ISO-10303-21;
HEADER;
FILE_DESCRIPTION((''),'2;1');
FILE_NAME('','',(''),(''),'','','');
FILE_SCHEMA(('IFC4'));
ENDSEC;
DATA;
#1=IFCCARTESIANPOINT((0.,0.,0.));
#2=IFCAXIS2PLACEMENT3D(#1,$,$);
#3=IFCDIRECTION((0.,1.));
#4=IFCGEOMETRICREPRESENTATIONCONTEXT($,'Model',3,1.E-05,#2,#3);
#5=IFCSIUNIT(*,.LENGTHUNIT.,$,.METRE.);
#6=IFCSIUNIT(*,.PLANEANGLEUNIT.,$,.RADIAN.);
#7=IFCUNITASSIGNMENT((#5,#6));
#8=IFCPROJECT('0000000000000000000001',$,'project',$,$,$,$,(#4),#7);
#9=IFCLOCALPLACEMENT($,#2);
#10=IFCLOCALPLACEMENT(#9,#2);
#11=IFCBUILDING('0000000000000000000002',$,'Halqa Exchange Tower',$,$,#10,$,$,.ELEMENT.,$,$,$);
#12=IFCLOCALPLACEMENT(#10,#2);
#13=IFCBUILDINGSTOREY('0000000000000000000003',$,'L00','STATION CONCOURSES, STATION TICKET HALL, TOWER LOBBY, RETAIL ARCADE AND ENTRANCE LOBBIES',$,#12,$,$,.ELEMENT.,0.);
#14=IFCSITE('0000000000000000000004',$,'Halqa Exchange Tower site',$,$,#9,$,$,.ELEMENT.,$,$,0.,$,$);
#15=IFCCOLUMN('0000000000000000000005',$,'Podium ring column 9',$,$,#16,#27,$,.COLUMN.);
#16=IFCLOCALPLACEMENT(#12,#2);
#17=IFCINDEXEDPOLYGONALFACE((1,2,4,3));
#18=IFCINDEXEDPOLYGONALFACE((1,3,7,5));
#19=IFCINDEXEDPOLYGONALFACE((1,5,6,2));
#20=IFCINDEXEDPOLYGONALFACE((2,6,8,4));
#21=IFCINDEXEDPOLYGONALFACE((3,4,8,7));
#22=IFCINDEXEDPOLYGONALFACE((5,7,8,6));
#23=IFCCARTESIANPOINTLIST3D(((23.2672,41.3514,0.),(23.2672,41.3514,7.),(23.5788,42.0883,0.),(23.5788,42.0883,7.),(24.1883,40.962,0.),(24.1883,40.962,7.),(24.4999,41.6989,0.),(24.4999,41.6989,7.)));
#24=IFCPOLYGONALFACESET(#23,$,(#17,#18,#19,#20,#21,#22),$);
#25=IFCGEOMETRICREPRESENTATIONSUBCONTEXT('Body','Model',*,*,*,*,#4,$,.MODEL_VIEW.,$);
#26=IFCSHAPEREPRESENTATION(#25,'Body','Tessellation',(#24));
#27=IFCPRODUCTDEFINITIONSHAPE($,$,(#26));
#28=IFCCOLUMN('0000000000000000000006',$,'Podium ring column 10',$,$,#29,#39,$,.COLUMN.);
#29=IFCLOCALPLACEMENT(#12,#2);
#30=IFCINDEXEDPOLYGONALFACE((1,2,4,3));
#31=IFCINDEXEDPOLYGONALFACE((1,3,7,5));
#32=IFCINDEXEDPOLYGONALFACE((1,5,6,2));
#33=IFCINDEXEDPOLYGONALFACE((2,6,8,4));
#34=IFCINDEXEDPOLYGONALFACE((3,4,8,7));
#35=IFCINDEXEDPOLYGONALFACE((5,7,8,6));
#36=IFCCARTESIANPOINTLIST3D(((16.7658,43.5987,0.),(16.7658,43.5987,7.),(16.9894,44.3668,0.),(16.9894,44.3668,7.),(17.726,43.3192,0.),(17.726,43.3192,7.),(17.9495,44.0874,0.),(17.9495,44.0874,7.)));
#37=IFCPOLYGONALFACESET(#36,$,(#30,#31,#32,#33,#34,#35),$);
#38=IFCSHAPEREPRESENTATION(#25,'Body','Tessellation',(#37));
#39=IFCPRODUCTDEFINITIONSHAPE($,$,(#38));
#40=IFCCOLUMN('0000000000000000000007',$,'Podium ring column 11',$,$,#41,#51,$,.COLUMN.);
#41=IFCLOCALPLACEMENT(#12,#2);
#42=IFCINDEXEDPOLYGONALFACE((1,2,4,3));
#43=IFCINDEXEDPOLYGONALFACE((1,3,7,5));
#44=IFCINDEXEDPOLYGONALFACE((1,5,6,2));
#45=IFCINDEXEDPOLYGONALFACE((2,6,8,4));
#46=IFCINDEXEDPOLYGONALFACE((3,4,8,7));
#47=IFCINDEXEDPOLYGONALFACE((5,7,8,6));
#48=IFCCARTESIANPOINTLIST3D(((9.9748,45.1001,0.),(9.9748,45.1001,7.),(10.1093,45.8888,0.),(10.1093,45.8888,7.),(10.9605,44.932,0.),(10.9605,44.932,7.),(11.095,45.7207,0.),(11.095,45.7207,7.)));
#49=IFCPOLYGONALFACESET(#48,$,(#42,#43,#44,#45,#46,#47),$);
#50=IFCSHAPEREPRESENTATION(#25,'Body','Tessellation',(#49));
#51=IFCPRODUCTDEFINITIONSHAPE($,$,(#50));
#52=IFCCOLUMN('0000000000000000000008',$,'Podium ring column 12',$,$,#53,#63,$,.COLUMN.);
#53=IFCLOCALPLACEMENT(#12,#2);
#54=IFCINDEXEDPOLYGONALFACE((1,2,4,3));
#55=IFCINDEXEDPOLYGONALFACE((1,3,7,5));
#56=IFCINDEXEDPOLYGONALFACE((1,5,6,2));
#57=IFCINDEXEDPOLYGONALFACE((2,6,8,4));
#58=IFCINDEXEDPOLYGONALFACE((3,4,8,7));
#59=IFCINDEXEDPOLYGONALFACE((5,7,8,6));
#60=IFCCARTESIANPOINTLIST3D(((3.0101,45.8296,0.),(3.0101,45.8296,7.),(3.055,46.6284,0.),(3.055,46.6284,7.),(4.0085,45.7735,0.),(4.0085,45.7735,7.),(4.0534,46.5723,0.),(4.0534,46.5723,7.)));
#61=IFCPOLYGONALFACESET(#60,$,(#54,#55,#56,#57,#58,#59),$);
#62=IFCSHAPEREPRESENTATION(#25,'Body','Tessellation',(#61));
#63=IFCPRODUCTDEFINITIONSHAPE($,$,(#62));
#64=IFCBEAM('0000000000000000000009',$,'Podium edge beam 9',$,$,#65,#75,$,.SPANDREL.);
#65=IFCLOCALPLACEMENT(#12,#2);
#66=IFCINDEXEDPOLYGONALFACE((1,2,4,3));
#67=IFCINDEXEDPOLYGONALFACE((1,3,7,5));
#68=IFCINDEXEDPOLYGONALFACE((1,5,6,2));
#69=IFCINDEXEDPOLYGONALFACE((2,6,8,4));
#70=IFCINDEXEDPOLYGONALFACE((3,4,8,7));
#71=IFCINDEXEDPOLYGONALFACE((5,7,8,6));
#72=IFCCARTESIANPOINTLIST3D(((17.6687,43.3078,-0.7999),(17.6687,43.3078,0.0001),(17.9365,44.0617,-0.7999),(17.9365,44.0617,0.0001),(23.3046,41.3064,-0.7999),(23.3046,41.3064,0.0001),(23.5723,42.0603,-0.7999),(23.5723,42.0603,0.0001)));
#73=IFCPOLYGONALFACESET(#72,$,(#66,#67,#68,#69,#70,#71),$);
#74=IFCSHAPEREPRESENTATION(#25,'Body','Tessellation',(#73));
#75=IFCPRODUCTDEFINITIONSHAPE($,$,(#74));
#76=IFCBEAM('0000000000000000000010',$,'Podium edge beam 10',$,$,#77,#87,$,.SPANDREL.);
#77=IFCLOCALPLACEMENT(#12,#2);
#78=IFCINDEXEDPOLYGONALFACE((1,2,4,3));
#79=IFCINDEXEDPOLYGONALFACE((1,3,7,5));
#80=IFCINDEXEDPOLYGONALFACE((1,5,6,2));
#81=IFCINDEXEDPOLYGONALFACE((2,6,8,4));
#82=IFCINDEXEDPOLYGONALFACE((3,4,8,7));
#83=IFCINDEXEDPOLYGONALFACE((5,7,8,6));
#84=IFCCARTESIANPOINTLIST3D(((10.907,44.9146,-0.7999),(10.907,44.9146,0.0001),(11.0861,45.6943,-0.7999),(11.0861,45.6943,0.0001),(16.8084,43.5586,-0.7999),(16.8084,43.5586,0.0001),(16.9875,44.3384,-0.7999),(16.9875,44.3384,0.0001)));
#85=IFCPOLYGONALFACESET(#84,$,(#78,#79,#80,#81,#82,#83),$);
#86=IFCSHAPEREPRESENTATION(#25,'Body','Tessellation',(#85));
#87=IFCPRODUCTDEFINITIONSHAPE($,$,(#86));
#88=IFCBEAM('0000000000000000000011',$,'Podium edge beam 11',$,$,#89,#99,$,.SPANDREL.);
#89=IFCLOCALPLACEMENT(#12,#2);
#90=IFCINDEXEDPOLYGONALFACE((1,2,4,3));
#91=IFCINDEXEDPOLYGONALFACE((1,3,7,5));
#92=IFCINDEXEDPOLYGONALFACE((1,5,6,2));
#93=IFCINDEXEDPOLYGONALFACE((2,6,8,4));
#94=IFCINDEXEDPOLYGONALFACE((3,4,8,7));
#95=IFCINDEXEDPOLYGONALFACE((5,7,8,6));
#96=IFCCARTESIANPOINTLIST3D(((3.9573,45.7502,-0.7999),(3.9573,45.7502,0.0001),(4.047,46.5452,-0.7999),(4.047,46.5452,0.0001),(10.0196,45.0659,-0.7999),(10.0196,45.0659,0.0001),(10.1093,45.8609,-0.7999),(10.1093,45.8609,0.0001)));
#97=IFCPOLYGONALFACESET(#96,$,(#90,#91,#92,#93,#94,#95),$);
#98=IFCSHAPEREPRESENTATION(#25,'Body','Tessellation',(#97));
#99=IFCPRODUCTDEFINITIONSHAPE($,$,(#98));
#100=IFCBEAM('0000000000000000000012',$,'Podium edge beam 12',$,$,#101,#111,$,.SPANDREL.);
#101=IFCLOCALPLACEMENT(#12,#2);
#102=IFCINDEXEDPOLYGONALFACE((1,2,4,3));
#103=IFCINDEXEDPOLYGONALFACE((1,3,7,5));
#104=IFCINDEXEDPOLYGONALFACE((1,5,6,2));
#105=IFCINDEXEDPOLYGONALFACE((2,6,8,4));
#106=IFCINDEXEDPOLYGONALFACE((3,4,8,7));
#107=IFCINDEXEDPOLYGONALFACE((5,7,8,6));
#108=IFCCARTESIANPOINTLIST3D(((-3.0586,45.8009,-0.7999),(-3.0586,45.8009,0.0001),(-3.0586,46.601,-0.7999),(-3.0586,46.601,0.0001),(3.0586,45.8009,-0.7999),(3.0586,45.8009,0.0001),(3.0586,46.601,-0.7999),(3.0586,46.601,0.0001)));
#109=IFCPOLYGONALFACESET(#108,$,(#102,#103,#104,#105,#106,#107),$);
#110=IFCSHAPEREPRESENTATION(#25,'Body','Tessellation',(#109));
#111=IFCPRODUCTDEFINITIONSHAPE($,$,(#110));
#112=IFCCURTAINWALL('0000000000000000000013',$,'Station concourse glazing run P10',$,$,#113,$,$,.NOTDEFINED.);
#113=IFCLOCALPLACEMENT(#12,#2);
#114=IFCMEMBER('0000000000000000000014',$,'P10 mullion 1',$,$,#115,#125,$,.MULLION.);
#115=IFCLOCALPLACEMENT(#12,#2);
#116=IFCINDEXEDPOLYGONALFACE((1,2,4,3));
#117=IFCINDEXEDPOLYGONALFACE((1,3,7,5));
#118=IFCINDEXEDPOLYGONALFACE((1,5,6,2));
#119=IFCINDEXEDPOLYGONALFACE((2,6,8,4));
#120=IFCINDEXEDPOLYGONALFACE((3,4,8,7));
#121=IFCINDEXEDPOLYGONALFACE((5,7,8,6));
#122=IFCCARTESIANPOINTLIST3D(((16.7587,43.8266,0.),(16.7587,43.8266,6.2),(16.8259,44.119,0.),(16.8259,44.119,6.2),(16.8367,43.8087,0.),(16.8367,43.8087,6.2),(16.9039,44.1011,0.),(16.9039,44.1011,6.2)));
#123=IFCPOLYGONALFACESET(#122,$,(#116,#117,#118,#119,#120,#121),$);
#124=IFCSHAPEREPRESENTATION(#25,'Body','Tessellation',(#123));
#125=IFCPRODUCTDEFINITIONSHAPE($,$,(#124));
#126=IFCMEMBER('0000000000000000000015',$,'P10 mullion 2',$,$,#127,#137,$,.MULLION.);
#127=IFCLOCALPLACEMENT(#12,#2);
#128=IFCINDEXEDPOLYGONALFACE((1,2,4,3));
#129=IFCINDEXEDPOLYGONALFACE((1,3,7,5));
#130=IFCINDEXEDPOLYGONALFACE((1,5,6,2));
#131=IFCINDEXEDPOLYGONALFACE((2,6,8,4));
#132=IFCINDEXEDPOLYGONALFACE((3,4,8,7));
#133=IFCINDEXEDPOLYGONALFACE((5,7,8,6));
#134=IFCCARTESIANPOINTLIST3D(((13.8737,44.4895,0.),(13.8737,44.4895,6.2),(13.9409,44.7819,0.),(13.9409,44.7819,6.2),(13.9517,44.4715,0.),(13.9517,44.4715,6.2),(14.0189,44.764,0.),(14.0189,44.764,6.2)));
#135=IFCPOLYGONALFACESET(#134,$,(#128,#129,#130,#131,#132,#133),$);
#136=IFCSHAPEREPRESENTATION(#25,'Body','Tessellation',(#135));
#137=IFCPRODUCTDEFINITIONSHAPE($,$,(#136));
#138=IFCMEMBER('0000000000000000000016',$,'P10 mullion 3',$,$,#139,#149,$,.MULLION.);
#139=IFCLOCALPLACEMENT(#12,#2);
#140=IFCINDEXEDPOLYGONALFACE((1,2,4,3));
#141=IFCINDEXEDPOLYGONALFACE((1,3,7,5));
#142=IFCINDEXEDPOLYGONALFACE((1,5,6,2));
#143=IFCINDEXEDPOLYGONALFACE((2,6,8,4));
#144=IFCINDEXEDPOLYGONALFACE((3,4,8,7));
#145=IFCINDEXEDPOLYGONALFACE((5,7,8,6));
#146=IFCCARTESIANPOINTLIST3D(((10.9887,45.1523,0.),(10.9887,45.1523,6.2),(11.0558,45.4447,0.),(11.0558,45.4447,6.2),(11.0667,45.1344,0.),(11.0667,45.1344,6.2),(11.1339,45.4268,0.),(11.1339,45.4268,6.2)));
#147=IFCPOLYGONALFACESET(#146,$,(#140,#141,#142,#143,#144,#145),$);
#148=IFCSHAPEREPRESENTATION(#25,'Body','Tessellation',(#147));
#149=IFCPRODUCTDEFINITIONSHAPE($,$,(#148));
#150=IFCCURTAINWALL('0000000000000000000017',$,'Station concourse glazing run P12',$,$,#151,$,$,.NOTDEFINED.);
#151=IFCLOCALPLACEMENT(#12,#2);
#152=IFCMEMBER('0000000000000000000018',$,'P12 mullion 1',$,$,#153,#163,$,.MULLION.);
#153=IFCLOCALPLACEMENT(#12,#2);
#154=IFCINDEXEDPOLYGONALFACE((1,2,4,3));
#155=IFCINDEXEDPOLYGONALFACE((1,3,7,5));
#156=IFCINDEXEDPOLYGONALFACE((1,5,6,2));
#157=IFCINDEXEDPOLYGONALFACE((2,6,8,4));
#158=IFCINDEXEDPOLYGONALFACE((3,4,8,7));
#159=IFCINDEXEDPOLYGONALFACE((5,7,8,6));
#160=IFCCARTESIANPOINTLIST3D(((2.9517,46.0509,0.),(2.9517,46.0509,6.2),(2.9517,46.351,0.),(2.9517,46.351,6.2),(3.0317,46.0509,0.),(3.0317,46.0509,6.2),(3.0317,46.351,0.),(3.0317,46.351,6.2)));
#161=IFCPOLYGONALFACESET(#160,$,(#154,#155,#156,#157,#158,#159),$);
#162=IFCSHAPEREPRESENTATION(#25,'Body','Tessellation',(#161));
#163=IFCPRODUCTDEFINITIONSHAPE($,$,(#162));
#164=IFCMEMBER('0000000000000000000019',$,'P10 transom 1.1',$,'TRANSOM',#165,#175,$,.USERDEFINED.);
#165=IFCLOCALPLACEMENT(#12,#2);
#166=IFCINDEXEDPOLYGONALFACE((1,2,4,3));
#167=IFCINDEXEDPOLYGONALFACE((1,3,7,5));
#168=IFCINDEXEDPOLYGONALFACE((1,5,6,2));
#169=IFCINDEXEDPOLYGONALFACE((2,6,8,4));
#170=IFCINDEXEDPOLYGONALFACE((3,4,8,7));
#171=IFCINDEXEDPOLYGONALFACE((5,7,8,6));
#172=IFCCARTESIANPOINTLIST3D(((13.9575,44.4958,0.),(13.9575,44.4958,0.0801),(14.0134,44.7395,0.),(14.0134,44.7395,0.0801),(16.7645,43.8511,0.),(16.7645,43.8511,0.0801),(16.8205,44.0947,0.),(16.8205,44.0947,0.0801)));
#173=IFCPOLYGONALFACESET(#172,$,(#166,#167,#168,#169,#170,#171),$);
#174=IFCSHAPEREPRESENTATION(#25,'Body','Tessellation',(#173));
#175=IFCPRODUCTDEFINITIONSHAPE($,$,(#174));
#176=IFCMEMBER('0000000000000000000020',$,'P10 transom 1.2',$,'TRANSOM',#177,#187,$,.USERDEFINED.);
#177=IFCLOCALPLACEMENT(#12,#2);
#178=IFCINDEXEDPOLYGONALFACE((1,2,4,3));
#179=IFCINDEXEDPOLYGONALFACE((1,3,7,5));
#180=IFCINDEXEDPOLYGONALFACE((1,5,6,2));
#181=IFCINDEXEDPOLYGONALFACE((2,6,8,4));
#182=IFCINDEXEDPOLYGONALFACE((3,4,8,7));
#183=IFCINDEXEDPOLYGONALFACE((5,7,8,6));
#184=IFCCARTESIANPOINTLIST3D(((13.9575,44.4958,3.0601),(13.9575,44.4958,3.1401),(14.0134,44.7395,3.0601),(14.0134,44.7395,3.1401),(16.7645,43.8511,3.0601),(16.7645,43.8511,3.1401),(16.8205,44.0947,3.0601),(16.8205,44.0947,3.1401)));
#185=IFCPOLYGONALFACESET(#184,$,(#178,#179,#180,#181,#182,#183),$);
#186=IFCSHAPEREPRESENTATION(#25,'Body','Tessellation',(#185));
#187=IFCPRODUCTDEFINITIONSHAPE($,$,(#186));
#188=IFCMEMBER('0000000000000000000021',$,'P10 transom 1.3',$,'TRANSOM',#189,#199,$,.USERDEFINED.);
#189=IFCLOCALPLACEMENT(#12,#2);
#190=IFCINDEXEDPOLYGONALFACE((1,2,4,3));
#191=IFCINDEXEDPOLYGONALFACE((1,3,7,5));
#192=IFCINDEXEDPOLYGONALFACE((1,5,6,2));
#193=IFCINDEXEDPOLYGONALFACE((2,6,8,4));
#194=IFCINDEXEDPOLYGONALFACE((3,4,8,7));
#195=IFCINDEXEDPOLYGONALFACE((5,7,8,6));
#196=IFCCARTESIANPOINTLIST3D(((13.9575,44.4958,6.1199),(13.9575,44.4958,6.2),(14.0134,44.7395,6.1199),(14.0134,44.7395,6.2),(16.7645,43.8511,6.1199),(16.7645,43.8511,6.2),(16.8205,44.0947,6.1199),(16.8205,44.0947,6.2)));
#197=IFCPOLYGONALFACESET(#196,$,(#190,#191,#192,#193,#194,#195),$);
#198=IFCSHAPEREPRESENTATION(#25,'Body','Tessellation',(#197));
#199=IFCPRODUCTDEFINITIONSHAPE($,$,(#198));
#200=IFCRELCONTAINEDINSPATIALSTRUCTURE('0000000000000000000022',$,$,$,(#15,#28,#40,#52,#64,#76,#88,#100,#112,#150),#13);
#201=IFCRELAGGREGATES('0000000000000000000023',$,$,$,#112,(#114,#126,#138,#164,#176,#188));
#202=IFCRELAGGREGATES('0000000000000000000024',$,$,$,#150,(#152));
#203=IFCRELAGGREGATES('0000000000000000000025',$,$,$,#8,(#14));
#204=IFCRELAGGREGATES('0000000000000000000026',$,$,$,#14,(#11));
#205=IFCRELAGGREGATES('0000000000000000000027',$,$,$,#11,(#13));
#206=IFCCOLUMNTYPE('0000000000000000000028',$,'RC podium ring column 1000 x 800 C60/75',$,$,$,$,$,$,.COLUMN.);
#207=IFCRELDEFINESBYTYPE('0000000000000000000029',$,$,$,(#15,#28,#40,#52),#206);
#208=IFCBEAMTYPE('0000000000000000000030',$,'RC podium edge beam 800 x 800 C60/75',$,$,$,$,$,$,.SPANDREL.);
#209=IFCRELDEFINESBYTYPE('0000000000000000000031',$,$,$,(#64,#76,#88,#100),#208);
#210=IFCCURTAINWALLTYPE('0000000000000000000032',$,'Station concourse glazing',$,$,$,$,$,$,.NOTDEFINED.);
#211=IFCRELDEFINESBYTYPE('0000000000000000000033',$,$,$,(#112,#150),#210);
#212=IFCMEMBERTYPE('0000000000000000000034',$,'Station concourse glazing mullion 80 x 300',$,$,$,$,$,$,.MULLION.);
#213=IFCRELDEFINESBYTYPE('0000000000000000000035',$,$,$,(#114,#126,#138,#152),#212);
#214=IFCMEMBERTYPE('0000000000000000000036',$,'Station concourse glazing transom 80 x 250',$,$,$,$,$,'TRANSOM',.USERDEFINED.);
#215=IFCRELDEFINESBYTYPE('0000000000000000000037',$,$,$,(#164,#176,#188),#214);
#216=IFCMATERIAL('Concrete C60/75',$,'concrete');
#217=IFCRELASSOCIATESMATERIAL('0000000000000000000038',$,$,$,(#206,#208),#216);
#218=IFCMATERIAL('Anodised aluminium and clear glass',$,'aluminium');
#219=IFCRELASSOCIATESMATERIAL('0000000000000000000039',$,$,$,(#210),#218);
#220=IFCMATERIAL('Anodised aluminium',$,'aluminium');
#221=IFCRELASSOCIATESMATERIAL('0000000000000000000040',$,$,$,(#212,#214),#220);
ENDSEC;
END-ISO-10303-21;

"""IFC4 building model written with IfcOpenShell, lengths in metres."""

from ifc_helpers import new_model, si_unit, direction, frame, origin, origin_2d, place, context, subcontext, project, spatial, rectangle, extrude, material, material_profile, profile_set, type_object, element, aggregate, save


model = new_model("IFC4")

# Units and contexts
model_context = context("Model", 3, precision=1e-05, world=origin(), true_north=direction((0.0, 1.0)))
body_context = subcontext(model_context, "Body", "Model", "MODEL_VIEW")
ifc_project = project(units=[si_unit("LENGTHUNIT", "METRE"), si_unit("PLANEANGLEUNIT", "RADIAN")], contexts=[model_context])

# Site, building, storey
site_placement = place(None, origin())
site = spatial("IfcSite", under=ifc_project, at=site_placement, Name="Halqa Exchange Tower site", CompositionType="ELEMENT", RefElevation=0.0)
building_placement = place(site_placement, origin())
building = spatial("IfcBuilding", under=site, at=building_placement, Name="Halqa Exchange Tower", CompositionType="ELEMENT")
storey_placement = place(building_placement, origin())
storey = spatial("IfcBuildingStorey", under=building, at=storey_placement, Name="L00", Description="STATION CONCOURSES, STATION TICKET HALL, TOWER LOBBY, RETAIL ARCADE AND ENTRANCE LOBBIES", CompositionType="ELEMENT", Elevation=0.0)

# Columns
ifc_material_1 = material(Name="Concrete C60/75", Category="concrete")
ifc_material_profile_1 = material_profile(ifc_material_1, rectangle(XDim=1.0, YDim=0.8, at=origin_2d()), Name="1000 x 800")
ifc_profile_set_1 = profile_set([ifc_material_profile_1], Name="Concrete C60/75")
column_type = type_object("IfcColumnType", Name="RC podium ring column 1000 x 800 C60/75", PredefinedType="COLUMN", material=ifc_profile_set_1)
for number, where, z_axis, x_axis, name in (
    (1, (23.8835, 41.5251, 0.0), (0.0, 0.0, 1.0), (-0.921048, 0.389449, 0.0), "Podium ring column 9"),
    (2, (17.3577, 43.843, 0.0), (0.0, 0.0, 1.0), (-0.960158, 0.279459, 0.0), "Podium ring column 10"),
    (3, (10.5349, 45.4104, 0.0), (0.0, 0.0, 1.0), (-0.985766, 0.168121, 0.0), "Podium ring column 11"),
    (4, (3.5317, 46.2009, 0.0), (0.0, 0.0, 1.0), (-0.998425, 0.056107, 0.0), "Podium ring column 12"),
):
    element("IfcColumn", number, at=place(storey_placement, frame(where, z_axis=z_axis, x_axis=x_axis)), inside=storey, type_object=column_type, Name=name, PredefinedType="COLUMN", context=body_context, shape_type="SweptSolid", body=[
        extrude(rectangle(XDim=1.0, YDim=0.8, at=origin_2d()), origin(), (0.0, 0.0, 1.0), 7.0),
    ])

# Beams
ifc_material_profile_2 = material_profile(ifc_material_1, rectangle(XDim=0.8, YDim=0.8, at=origin_2d()), Name="800 x 800")
ifc_profile_set_2 = profile_set([ifc_material_profile_2], Name="Concrete C60/75")
beam_type = type_object("IfcBeamType", Name="RC podium edge beam 800 x 800 C60/75", PredefinedType="SPANDREL", material=ifc_profile_set_2)
beam_1_placement = place(storey_placement, frame((23.4385, 41.6833, -0.3999), z_axis=(-0.942343, 0.334647, 0.0), x_axis=(-0.334647, -0.942343, 0.0)))
element("IfcBeam", 5, at=beam_1_placement, inside=storey, type_object=beam_type, Name="Podium edge beam 9", PredefinedType="SPANDREL", context=body_context, shape_type="SweptSolid", body=[
    extrude(rectangle(XDim=0.8, YDim=0.8, at=origin_2d()), origin(), (0.0, 0.0, 1.0), 5.9807),
])
beam_2_placement = place(storey_placement, frame((16.8979, 43.9485, -0.3999), z_axis=(-0.974604, 0.223935, 0.0), x_axis=(-0.223935, -0.974604, 0.0)))
element("IfcBeam", 6, at=beam_2_placement, inside=storey, type_object=beam_type, Name="Podium edge beam 10", PredefinedType="SPANDREL", context=body_context, shape_type="SweptSolid", body=[
    extrude(rectangle(XDim=0.8, YDim=0.8, at=origin_2d()), origin(), (0.0, 0.0, 1.0), 6.0552),
])
beam_3_placement = place(storey_placement, frame((10.0645, 45.4634, -0.3999), z_axis=(-0.993689, 0.112171, 0.0), x_axis=(-0.112171, -0.993689, 0.0)))
element("IfcBeam", 7, at=beam_3_placement, inside=storey, type_object=beam_type, Name="Podium edge beam 11", PredefinedType="SPANDREL", context=body_context, shape_type="SweptSolid", body=[
    extrude(rectangle(XDim=0.8, YDim=0.8, at=origin_2d()), origin(), (0.0, 0.0, 1.0), 6.1008),
])
beam_4_placement = place(storey_placement, frame((3.0586, 46.2009, -0.3999), z_axis=(-1.0, 0.0, 0.0), x_axis=(0.0, -1.0, 0.0)))
element("IfcBeam", 8, at=beam_4_placement, inside=storey, type_object=beam_type, Name="Podium edge beam 12", PredefinedType="SPANDREL", context=body_context, shape_type="SweptSolid", body=[
    extrude(rectangle(XDim=0.8, YDim=0.8, at=origin_2d()), origin(), (0.0, 0.0, 1.0), 6.1172),
])

# Curtain wall, members
ifc_material_2 = material(Name="Anodised aluminium and clear glass", Category="aluminium")
curtain_wall_type = type_object("IfcCurtainWallType", Name="Station concourse glazing", PredefinedType="NOTDEFINED", material=ifc_material_2)
curtain_wall_1_placement = place(storey_placement, origin())
curtain_wall_1 = element("IfcCurtainWall", 9, at=curtain_wall_1_placement, inside=storey, type_object=curtain_wall_type, Name="Station concourse glazing run P10", PredefinedType="NOTDEFINED")
ifc_material_3 = material(Name="Anodised aluminium", Category="aluminium")
ifc_material_profile_3 = material_profile(ifc_material_3, rectangle(XDim=0.3, YDim=0.0801, at=origin_2d()), Name="AL 80x300")
ifc_profile_set_3 = profile_set([ifc_material_profile_3], Name="Anodised aluminium")
member_type_1 = type_object("IfcMemberType", Name="Station concourse glazing mullion 80 x 300", PredefinedType="MULLION", material=ifc_profile_set_3)
member_1_placement = place(storey_placement, frame((16.8313, 43.9639, 0.0), z_axis=(0.0, 0.0, 1.0), x_axis=(-0.223897, -0.974613, 0.0)))
member_1 = element("IfcMember", 10, at=member_1_placement, type_object=member_type_1, Name="P10 mullion 1", PredefinedType="MULLION", context=body_context, shape_type="SweptSolid", body=[
    extrude(rectangle(XDim=0.3, YDim=0.0801, at=origin_2d()), origin(), (0.0, 0.0, 1.0), 6.2),
])
member_2_placement = place(storey_placement, frame((13.9463, 44.6267, 0.0), z_axis=(0.0, 0.0, 1.0), x_axis=(-0.223897, -0.974613, 0.0)))
member_2 = element("IfcMember", 11, at=member_2_placement, type_object=member_type_1, Name="P10 mullion 2", PredefinedType="MULLION", context=body_context, shape_type="SweptSolid", body=[
    extrude(rectangle(XDim=0.3, YDim=0.0801, at=origin_2d()), origin(), (0.0, 0.0, 1.0), 6.2),
])
member_3_placement = place(storey_placement, frame((11.0613, 45.2896, 0.0), z_axis=(0.0, 0.0, 1.0), x_axis=(-0.223897, -0.974613, 0.0)))
member_3 = element("IfcMember", 12, at=member_3_placement, type_object=member_type_1, Name="P10 mullion 3", PredefinedType="MULLION", context=body_context, shape_type="SweptSolid", body=[
    extrude(rectangle(XDim=0.3, YDim=0.0801, at=origin_2d()), origin(), (0.0, 0.0, 1.0), 6.2),
])

# Curtain wall, member
curtain_wall_2_placement = place(storey_placement, origin())
curtain_wall_2 = element("IfcCurtainWall", 13, at=curtain_wall_2_placement, inside=storey, type_object=curtain_wall_type, Name="Station concourse glazing run P12", PredefinedType="NOTDEFINED")
member_4_placement = place(storey_placement, frame((2.9917, 46.2009, 0.0), z_axis=(0.0, 0.0, 1.0), x_axis=(0.0, -1.0, 0.0)))
member_4 = element("IfcMember", 14, at=member_4_placement, type_object=member_type_1, Name="P12 mullion 1", PredefinedType="MULLION", context=body_context, shape_type="SweptSolid", body=[
    extrude(rectangle(XDim=0.3, YDim=0.0801, at=origin_2d()), origin(), (0.0, 0.0, 1.0), 6.2),
])

# Members
ifc_material_profile_4 = material_profile(ifc_material_3, rectangle(XDim=0.25, YDim=0.0801, at=origin_2d()), Name="AL 80x250")
ifc_profile_set_4 = profile_set([ifc_material_profile_4], Name="Anodised aluminium")
member_type_2 = type_object("IfcMemberType", Name="Station concourse glazing transom 80 x 250", ElementType="TRANSOM", PredefinedType="USERDEFINED", material=ifc_profile_set_4)
member_5_placement = place(storey_placement, frame((16.7925, 43.9729, 0.04), z_axis=(-0.974621, 0.223863, 0.0), x_axis=(-0.223863, -0.974621, 0.0)))
member_5 = element("IfcMember", 15, at=member_5_placement, type_object=member_type_2, Name="P10 transom 1.1", ObjectType="TRANSOM", PredefinedType="USERDEFINED", context=body_context, shape_type="SweptSolid", body=[
    extrude(rectangle(XDim=0.25, YDim=0.0801, at=origin_2d()), origin(), (0.0, 0.0, 1.0), 2.8801),
])
member_6_placement = place(storey_placement, frame((16.7925, 43.9729, 3.1001), z_axis=(-0.974621, 0.223863, 0.0), x_axis=(-0.223863, -0.974621, 0.0)))
member_6 = element("IfcMember", 16, at=member_6_placement, type_object=member_type_2, Name="P10 transom 1.2", ObjectType="TRANSOM", PredefinedType="USERDEFINED", context=body_context, shape_type="SweptSolid", body=[
    extrude(rectangle(XDim=0.25, YDim=0.0801, at=origin_2d()), origin(), (0.0, 0.0, 1.0), 2.8801),
])
member_7_placement = place(storey_placement, frame((16.7925, 43.9729, 6.1599), z_axis=(-0.974621, 0.223863, 0.0), x_axis=(-0.223863, -0.974621, 0.0)))
member_7 = element("IfcMember", 17, at=member_7_placement, type_object=member_type_2, Name="P10 transom 1.3", ObjectType="TRANSOM", PredefinedType="USERDEFINED", context=body_context, shape_type="SweptSolid", body=[
    extrude(rectangle(XDim=0.25, YDim=0.0801, at=origin_2d()), origin(), (0.0, 0.0, 1.0), 2.8801),
])

aggregate(curtain_wall_1, [member_1, member_2, member_3, member_5, member_6, member_7])
aggregate(curtain_wall_2, [member_4])

save(model, "model.ifc")
